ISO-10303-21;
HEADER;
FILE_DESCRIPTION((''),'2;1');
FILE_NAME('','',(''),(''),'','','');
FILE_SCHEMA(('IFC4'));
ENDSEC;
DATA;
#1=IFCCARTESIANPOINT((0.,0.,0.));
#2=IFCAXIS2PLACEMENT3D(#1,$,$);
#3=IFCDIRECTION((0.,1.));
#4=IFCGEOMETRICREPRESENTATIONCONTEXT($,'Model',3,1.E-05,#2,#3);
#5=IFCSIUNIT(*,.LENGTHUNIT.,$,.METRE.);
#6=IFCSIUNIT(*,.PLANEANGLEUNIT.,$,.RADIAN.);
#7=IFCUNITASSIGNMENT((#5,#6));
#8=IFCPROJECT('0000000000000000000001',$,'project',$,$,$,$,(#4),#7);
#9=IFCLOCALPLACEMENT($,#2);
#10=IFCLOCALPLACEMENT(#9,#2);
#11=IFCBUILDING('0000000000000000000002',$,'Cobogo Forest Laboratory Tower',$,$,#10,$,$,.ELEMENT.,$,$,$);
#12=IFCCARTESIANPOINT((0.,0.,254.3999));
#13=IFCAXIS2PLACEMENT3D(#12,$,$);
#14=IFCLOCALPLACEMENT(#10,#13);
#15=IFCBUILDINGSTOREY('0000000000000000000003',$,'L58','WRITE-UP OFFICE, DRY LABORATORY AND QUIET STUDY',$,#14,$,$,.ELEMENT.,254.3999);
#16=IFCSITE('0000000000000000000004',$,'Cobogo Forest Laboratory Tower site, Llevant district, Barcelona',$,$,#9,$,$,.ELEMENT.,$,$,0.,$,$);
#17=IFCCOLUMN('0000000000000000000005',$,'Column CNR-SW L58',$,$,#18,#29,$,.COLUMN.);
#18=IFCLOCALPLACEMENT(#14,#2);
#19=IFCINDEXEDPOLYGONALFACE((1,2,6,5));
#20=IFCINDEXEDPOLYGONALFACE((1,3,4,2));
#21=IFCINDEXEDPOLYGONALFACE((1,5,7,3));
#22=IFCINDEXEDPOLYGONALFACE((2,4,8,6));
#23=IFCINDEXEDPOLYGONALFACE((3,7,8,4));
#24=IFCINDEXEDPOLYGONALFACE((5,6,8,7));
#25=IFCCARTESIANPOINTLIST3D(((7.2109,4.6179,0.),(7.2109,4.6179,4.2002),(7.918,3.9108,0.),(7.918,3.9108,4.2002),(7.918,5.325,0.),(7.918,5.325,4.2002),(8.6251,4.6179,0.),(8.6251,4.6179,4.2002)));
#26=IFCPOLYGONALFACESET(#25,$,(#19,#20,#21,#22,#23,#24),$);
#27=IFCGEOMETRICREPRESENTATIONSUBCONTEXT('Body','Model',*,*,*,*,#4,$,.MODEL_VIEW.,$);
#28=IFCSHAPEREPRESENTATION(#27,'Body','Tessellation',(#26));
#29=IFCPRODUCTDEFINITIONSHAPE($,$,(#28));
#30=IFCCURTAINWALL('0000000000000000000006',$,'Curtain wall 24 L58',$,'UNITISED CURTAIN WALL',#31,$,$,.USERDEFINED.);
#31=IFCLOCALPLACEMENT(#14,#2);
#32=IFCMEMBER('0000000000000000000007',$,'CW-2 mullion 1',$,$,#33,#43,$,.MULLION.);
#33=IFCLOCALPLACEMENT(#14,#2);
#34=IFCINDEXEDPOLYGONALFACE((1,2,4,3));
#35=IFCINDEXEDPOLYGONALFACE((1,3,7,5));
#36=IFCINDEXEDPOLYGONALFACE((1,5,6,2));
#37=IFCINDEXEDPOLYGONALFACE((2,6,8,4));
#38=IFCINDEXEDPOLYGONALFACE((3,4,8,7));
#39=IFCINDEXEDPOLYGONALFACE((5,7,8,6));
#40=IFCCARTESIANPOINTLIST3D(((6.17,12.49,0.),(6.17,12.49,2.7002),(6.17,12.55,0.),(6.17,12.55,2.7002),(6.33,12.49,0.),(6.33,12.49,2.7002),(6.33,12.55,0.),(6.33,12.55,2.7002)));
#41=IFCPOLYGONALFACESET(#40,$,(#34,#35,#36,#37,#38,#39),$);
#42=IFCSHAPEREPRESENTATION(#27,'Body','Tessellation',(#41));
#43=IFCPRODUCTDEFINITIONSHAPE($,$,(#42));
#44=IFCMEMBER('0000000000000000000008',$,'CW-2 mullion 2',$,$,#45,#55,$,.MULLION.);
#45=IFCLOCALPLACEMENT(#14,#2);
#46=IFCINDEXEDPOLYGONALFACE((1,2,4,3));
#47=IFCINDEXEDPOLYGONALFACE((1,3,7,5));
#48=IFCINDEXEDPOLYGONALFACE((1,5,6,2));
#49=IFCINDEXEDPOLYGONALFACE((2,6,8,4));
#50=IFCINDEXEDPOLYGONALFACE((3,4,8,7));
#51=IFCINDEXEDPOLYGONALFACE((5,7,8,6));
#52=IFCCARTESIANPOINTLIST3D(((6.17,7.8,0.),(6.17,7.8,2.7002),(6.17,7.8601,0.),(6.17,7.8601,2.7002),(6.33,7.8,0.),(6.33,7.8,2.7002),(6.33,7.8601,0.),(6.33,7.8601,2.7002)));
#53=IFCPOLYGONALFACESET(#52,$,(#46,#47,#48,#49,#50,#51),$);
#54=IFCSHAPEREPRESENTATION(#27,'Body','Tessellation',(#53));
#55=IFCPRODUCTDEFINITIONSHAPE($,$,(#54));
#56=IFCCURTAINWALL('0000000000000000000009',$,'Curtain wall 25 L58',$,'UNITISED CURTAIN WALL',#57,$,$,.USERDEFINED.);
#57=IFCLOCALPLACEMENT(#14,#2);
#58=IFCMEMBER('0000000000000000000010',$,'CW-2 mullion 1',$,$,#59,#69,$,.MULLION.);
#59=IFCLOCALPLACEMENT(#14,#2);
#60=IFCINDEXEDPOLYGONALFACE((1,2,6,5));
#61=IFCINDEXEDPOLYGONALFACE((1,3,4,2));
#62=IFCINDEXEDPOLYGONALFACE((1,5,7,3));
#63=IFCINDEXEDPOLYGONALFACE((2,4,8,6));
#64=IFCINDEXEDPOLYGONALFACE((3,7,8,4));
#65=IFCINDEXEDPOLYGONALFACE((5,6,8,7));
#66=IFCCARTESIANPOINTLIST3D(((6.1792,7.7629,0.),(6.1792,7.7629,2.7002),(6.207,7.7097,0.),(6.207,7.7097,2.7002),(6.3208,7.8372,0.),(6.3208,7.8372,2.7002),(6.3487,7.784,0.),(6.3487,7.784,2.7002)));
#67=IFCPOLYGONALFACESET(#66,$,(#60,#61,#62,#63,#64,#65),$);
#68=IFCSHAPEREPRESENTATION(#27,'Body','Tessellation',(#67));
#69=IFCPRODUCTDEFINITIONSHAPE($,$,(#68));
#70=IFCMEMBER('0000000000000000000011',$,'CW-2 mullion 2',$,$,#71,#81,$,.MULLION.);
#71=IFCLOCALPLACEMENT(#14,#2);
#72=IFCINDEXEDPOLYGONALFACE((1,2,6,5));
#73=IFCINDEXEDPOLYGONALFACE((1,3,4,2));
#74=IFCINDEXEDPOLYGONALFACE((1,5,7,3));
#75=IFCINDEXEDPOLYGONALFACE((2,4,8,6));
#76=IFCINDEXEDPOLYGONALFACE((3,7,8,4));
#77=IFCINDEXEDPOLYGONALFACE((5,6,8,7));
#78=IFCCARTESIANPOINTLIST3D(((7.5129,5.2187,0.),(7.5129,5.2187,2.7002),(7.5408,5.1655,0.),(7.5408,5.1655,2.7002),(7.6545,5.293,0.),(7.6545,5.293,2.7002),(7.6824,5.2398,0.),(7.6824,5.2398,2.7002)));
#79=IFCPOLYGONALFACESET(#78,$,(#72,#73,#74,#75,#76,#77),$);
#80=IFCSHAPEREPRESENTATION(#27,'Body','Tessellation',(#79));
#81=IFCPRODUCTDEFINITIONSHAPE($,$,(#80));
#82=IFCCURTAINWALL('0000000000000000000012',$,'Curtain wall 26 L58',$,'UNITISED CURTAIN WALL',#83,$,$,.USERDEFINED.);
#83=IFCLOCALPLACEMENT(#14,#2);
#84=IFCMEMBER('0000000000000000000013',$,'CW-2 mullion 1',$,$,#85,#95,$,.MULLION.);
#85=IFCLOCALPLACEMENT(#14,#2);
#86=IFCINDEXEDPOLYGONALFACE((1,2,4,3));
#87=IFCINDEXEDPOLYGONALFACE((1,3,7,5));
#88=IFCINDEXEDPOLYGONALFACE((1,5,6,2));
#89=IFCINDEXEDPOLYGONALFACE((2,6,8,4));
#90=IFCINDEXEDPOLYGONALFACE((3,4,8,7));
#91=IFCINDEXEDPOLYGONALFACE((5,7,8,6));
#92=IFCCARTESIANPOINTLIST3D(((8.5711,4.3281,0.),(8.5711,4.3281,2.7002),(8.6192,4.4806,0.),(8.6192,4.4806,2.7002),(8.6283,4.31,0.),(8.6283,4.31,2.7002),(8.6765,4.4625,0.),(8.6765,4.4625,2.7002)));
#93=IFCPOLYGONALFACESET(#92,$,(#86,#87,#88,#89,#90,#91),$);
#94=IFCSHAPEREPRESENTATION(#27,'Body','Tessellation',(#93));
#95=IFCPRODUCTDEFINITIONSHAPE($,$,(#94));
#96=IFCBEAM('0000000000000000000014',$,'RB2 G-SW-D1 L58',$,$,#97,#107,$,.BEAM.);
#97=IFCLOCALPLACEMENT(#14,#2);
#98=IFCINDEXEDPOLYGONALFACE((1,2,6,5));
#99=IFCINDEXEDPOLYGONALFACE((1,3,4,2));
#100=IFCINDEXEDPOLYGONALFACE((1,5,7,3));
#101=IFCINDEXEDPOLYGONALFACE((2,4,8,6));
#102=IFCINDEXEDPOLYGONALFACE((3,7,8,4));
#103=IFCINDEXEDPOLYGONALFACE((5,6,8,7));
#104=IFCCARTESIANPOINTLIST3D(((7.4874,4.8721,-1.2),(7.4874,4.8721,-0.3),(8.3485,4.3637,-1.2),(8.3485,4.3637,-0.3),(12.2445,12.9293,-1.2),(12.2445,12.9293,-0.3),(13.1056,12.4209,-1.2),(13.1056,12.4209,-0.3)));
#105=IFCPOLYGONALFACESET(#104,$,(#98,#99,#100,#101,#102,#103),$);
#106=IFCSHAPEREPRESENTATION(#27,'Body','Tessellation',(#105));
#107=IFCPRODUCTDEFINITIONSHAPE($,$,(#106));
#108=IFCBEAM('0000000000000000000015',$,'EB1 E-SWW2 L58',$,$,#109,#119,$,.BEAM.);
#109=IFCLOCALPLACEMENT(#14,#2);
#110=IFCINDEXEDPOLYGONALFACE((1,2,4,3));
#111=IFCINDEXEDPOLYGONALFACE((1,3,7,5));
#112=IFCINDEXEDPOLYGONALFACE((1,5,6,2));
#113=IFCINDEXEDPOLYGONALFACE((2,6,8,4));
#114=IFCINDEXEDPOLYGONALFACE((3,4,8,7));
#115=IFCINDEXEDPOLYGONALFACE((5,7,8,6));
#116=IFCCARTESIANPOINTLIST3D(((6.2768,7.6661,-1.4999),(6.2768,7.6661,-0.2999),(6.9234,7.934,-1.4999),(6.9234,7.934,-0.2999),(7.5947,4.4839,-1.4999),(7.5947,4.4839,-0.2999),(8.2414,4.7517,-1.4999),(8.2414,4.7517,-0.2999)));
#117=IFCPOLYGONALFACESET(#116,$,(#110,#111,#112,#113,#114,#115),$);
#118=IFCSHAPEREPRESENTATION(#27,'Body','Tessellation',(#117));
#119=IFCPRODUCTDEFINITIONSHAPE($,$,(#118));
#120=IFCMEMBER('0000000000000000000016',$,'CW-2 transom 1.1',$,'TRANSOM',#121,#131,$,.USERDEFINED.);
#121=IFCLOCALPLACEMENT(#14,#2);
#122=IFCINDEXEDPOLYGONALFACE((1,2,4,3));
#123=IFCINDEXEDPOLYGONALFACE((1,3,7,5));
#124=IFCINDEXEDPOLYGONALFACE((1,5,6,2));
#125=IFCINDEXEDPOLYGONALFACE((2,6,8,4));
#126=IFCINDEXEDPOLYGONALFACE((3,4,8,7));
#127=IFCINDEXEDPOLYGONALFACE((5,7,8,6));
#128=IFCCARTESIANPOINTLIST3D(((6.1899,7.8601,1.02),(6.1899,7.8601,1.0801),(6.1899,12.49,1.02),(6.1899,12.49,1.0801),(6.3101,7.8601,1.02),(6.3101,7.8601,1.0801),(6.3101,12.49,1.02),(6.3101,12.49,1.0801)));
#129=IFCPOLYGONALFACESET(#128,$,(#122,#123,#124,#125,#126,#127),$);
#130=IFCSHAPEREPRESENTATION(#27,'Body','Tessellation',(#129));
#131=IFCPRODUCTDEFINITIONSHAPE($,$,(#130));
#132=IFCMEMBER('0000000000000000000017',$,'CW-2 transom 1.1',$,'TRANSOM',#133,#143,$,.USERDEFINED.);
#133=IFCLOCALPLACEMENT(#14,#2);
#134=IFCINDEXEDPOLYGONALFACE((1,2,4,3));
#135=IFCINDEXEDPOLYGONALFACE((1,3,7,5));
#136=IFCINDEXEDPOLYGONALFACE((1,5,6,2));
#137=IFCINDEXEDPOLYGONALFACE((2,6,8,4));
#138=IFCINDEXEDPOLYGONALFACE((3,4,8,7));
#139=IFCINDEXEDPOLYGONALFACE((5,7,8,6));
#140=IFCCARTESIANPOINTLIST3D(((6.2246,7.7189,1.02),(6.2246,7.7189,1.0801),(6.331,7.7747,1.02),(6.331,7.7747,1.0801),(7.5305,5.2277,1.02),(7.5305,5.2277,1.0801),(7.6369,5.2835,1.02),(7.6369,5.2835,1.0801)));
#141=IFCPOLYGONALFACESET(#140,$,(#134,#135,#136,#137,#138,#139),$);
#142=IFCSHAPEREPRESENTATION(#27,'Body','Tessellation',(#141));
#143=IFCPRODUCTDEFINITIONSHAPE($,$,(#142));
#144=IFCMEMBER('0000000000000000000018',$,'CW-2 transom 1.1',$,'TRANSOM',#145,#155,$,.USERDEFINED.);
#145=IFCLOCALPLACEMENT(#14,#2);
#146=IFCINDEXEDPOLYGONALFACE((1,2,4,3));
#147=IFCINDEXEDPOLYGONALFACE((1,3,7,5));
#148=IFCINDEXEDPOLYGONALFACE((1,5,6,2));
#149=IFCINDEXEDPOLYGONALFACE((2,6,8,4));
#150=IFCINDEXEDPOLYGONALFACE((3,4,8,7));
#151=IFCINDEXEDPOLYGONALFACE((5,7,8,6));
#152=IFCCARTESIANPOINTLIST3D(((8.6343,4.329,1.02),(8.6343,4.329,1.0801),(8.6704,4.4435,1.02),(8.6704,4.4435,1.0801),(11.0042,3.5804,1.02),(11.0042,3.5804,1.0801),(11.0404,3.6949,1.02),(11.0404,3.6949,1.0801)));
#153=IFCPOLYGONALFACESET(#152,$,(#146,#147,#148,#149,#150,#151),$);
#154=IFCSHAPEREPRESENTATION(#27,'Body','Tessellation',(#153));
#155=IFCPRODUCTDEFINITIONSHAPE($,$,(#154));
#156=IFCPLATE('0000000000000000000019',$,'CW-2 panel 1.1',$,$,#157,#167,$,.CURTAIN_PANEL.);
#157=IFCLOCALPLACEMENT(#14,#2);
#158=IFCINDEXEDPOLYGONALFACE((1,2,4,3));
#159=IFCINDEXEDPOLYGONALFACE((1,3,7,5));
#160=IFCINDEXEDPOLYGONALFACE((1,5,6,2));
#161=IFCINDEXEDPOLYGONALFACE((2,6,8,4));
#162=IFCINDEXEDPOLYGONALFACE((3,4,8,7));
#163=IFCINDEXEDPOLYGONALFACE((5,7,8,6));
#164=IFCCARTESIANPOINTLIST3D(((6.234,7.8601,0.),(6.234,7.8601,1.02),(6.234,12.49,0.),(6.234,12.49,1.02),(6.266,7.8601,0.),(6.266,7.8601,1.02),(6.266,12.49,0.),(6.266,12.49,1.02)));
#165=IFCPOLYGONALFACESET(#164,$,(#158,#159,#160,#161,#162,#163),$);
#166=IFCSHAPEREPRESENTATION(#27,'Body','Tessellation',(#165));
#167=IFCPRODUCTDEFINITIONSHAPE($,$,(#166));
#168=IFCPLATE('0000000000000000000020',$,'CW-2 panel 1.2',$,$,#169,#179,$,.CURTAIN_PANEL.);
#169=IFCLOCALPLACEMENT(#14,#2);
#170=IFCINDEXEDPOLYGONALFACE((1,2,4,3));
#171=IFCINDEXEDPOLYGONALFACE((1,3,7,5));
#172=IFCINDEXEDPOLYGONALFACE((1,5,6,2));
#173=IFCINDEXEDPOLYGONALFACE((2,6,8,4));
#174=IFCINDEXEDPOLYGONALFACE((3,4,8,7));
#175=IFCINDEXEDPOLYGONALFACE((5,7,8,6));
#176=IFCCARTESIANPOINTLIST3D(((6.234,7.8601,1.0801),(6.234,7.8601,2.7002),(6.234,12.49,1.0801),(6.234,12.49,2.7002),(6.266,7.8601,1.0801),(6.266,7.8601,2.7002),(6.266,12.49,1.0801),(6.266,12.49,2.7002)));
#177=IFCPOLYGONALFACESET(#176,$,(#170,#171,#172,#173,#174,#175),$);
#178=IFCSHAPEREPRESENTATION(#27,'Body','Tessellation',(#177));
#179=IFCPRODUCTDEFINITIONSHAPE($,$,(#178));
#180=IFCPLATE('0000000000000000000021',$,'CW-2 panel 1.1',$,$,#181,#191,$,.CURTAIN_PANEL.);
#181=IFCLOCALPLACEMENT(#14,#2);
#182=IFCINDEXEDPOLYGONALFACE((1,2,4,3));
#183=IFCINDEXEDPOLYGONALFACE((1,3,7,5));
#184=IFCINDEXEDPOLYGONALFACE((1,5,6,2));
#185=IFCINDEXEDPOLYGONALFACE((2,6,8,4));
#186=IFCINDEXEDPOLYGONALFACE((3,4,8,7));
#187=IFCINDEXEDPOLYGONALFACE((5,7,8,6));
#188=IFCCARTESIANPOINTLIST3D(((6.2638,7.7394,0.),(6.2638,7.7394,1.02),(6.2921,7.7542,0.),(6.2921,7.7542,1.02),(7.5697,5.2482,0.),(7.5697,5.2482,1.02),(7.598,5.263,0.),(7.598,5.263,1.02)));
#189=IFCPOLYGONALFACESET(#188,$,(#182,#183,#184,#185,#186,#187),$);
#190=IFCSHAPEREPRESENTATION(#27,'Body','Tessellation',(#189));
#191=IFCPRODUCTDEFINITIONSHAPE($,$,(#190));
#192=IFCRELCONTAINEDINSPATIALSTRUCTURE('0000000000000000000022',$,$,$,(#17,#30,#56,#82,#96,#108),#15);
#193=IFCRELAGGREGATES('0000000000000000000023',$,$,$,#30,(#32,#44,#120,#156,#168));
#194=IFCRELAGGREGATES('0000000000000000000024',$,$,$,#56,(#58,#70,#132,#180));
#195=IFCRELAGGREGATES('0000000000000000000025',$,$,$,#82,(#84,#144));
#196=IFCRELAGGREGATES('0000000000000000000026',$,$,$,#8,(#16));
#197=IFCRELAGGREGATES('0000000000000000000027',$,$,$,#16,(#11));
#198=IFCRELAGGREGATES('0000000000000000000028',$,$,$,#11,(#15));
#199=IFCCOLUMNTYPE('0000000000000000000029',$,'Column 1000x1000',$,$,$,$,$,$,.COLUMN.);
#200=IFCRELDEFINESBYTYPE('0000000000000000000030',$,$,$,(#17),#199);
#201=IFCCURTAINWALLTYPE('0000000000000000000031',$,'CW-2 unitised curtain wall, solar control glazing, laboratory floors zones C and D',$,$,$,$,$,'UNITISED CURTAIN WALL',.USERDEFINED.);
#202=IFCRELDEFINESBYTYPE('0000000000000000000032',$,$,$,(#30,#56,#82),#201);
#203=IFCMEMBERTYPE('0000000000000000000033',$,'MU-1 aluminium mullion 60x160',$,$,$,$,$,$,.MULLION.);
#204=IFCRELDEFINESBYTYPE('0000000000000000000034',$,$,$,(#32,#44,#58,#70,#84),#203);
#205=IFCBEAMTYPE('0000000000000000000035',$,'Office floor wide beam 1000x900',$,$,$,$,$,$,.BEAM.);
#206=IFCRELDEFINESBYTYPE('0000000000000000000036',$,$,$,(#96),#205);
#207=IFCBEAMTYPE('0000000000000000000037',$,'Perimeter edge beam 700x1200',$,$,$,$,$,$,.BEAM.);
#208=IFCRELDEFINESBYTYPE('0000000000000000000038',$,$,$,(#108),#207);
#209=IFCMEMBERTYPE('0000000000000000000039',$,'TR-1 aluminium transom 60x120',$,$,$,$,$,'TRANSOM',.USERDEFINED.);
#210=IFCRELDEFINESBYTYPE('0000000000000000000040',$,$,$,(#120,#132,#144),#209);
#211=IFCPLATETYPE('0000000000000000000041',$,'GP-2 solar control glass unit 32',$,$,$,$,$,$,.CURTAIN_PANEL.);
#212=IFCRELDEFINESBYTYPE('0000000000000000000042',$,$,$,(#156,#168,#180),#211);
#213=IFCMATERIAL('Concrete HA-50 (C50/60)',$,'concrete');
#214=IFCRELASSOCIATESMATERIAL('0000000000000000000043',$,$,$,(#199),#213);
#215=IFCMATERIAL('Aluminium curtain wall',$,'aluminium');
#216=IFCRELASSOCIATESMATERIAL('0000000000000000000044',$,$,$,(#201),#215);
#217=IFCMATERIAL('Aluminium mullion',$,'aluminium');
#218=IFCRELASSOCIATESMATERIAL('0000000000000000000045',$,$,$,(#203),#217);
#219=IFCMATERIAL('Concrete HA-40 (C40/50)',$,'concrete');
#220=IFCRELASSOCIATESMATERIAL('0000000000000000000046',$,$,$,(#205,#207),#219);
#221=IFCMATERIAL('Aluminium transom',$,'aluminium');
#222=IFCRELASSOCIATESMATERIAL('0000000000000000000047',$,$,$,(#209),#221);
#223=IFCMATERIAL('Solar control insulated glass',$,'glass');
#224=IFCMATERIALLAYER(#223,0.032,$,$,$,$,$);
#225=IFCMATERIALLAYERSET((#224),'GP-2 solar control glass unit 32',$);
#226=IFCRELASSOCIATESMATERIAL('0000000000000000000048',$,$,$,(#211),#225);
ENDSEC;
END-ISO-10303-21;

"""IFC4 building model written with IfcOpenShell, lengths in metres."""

from ifc_helpers import new_model, si_unit, direction, frame, origin, origin_2d, place, context, subcontext, project, spatial, rectangle, extrude, material, layer, layer_set, material_profile, profile_set, type_object, element, aggregate, save


model = new_model("IFC4")

# Units and contexts
model_context = context("Model", 3, precision=1e-05, world=origin(), true_north=direction((0.0, 1.0)))
body_context = subcontext(model_context, "Body", "Model", "MODEL_VIEW")
ifc_project = project(units=[si_unit("LENGTHUNIT", "METRE"), si_unit("PLANEANGLEUNIT", "RADIAN")], contexts=[model_context])

# Site, building, storey
site_placement = place(None, origin())
site = spatial("IfcSite", under=ifc_project, at=site_placement, Name="Cobogo Forest Laboratory Tower site, Llevant district, Barcelona", CompositionType="ELEMENT", RefElevation=0.0)
building_placement = place(site_placement, origin())
building = spatial("IfcBuilding", under=site, at=building_placement, Name="Cobogo Forest Laboratory Tower", CompositionType="ELEMENT")
storey_placement = place(building_placement, frame((0.0, 0.0, 254.3999)))
storey = spatial("IfcBuildingStorey", under=building, at=storey_placement, Name="L58", Description="WRITE-UP OFFICE, DRY LABORATORY AND QUIET STUDY", CompositionType="ELEMENT", Elevation=254.3999)

# Column
ifc_material_1 = material(Name="Concrete HA-50 (C50/60)", Category="concrete")
ifc_material_profile_1 = material_profile(ifc_material_1, rectangle(XDim=1.0, YDim=1.0, at=origin_2d()), Name="RC 1000x1000")
ifc_profile_set_1 = profile_set([ifc_material_profile_1], Name="Concrete HA-50 (C50/60)")
column_type = type_object("IfcColumnType", Name="Column 1000x1000", PredefinedType="COLUMN", material=ifc_profile_set_1)
column_placement = place(storey_placement, frame((7.918, 4.6179, 0.0), z_axis=(0.0, 0.0, 1.0), x_axis=(0.707107, 0.707107, 0.0)))
element("IfcColumn", 1, at=column_placement, inside=storey, type_object=column_type, Name="Column CNR-SW L58", PredefinedType="COLUMN", context=body_context, shape_type="SweptSolid", body=[
    extrude(rectangle(XDim=1.0, YDim=1.0, at=origin_2d()), origin(), (0.0, 0.0, 1.0), 4.2002),
])

# Curtain walls, members
ifc_material_2 = material(Name="Aluminium curtain wall", Category="aluminium")
curtain_wall_type = type_object("IfcCurtainWallType", Name="CW-2 unitised curtain wall, solar control glazing, laboratory floors zones C and D", ElementType="UNITISED CURTAIN WALL", PredefinedType="USERDEFINED", material=ifc_material_2)
curtain_wall_1_placement = place(storey_placement, origin())
curtain_wall_1 = element("IfcCurtainWall", 2, at=curtain_wall_1_placement, inside=storey, type_object=curtain_wall_type, Name="Curtain wall 24 L58", ObjectType="UNITISED CURTAIN WALL", PredefinedType="USERDEFINED")
ifc_material_3 = material(Name="Aluminium mullion", Category="aluminium")
ifc_material_profile_2 = material_profile(ifc_material_3, rectangle(XDim=0.0601, YDim=0.1599, at=origin_2d()), Name="AL 60x160")
ifc_profile_set_2 = profile_set([ifc_material_profile_2], Name="Aluminium mullion")
member_type_1 = type_object("IfcMemberType", Name="MU-1 aluminium mullion 60x160", PredefinedType="MULLION", material=ifc_profile_set_2)
member_1_placement = place(storey_placement, frame((6.25, 12.52, 0.0), z_axis=(0.0, 0.0, 1.0), x_axis=(0.0, -1.0, 0.0)))
member_1 = element("IfcMember", 3, at=member_1_placement, type_object=member_type_1, Name="CW-2 mullion 1", PredefinedType="MULLION", context=body_context, shape_type="SweptSolid", body=[
    extrude(rectangle(XDim=0.0601, YDim=0.1599, at=origin_2d()), origin(), (0.0, 0.0, 1.0), 2.7002),
])
member_2_placement = place(storey_placement, frame((6.25, 7.8301, 0.0), z_axis=(0.0, 0.0, 1.0), x_axis=(0.0, -1.0, 0.0)))
member_2 = element("IfcMember", 4, at=member_2_placement, type_object=member_type_1, Name="CW-2 mullion 2", PredefinedType="MULLION", context=body_context, shape_type="SweptSolid", body=[
    extrude(rectangle(XDim=0.0601, YDim=0.1599, at=origin_2d()), origin(), (0.0, 0.0, 1.0), 2.7002),
])
curtain_wall_2_placement = place(storey_placement, origin())
curtain_wall_2 = element("IfcCurtainWall", 5, at=curtain_wall_2_placement, inside=storey, type_object=curtain_wall_type, Name="Curtain wall 25 L58", ObjectType="UNITISED CURTAIN WALL", PredefinedType="USERDEFINED")
member_3_placement = place(storey_placement, frame((6.2639, 7.7734, 0.0), z_axis=(0.0, 0.0, 1.0), x_axis=(0.464284, -0.885686, 0.0)))
member_3 = element("IfcMember", 6, at=member_3_placement, type_object=member_type_1, Name="CW-2 mullion 1", PredefinedType="MULLION", context=body_context, shape_type="SweptSolid", body=[
    extrude(rectangle(XDim=0.0601, YDim=0.1599, at=origin_2d()), origin(), (0.0, 0.0, 1.0), 2.7002),
])
member_4_placement = place(storey_placement, frame((7.5977, 5.2292, 0.0), z_axis=(0.0, 0.0, 1.0), x_axis=(0.464284, -0.885686, 0.0)))
member_4 = element("IfcMember", 7, at=member_4_placement, type_object=member_type_1, Name="CW-2 mullion 2", PredefinedType="MULLION", context=body_context, shape_type="SweptSolid", body=[
    extrude(rectangle(XDim=0.0601, YDim=0.1599, at=origin_2d()), origin(), (0.0, 0.0, 1.0), 2.7002),
])

# Curtain wall, member
curtain_wall_3_placement = place(storey_placement, origin())
curtain_wall_3 = element("IfcCurtainWall", 8, at=curtain_wall_3_placement, inside=storey, type_object=curtain_wall_type, Name="Curtain wall 26 L58", ObjectType="UNITISED CURTAIN WALL", PredefinedType="USERDEFINED")
member_5_placement = place(storey_placement, frame((8.6238, 4.3953, 0.0), z_axis=(0.0, 0.0, 1.0), x_axis=(0.953581, -0.301135, 0.0)))
member_5 = element("IfcMember", 9, at=member_5_placement, type_object=member_type_1, Name="CW-2 mullion 1", PredefinedType="MULLION", context=body_context, shape_type="SweptSolid", body=[
    extrude(rectangle(XDim=0.0601, YDim=0.1599, at=origin_2d()), origin(), (0.0, 0.0, 1.0), 2.7002),
])

# Beams
ifc_material_4 = material(Name="Concrete HA-40 (C40/50)", Category="concrete")
ifc_material_profile_3 = material_profile(ifc_material_4, rectangle(XDim=1.0, YDim=0.8999, at=origin_2d()), Name="RC 1000x900")
ifc_profile_set_3 = profile_set([ifc_material_profile_3], Name="Concrete HA-40 (C40/50)")
beam_type_1 = type_object("IfcBeamType", Name="Office floor wide beam 1000x900", PredefinedType="BEAM", material=ifc_profile_set_3)
beam_1_placement = place(storey_placement, frame((7.918, 4.6179, -0.75), z_axis=(0.508416, 0.861111, 0.0), x_axis=(-0.861111, 0.508416, 0.0)))
element("IfcBeam", 10, at=beam_1_placement, inside=storey, type_object=beam_type_1, Name="RB2 G-SW-D1 L58", PredefinedType="BEAM", context=body_context, shape_type="SweptSolid", body=[
    extrude(rectangle(XDim=1.0, YDim=0.8999, at=origin_2d()), origin(), (0.0, 0.0, 1.0), 9.3567),
])
ifc_material_profile_4 = material_profile(ifc_material_4, rectangle(XDim=0.7, YDim=1.2, at=origin_2d()), Name="RC 700x1200")
ifc_profile_set_4 = profile_set([ifc_material_profile_4], Name="Concrete HA-40 (C40/50)")
beam_type_2 = type_object("IfcBeamType", Name="Perimeter edge beam 700x1200", PredefinedType="BEAM", material=ifc_profile_set_4)
beam_2_placement = place(storey_placement, frame((6.6001, 7.8, -0.8999), z_axis=(0.382631, -0.923901, 0.0), x_axis=(0.923901, 0.382631, 0.0)))
element("IfcBeam", 11, at=beam_2_placement, inside=storey, type_object=beam_type_2, Name="EB1 E-SWW2 L58", PredefinedType="BEAM", context=body_context, shape_type="SweptSolid", body=[
    extrude(rectangle(XDim=0.7, YDim=1.2, at=origin_2d()), origin(), (0.0, 0.0, 1.0), 3.4443),
])

# Members
ifc_material_5 = material(Name="Aluminium transom", Category="aluminium")
ifc_material_profile_5 = material_profile(ifc_material_5, rectangle(XDim=0.1201, YDim=0.0601, at=origin_2d()), Name="AL 60x120")
ifc_profile_set_5 = profile_set([ifc_material_profile_5], Name="Aluminium transom")
member_type_2 = type_object("IfcMemberType", Name="TR-1 aluminium transom 60x120", ElementType="TRANSOM", PredefinedType="USERDEFINED", material=ifc_profile_set_5)
member_6_placement = place(storey_placement, frame((6.25, 12.49, 1.05), z_axis=(0.0, -1.0, 0.0), x_axis=(1.0, 0.0, 0.0)))
member_6 = element("IfcMember", 12, at=member_6_placement, type_object=member_type_2, Name="CW-2 transom 1.1", ObjectType="TRANSOM", PredefinedType="USERDEFINED", context=body_context, shape_type="SweptSolid", body=[
    extrude(rectangle(XDim=0.1201, YDim=0.0601, at=origin_2d()), origin(), (0.0, 0.0, 1.0), 4.6299),
])
member_7_placement = place(storey_placement, frame((6.2778, 7.7468, 1.05), z_axis=(0.464283, -0.885687, 0.0), x_axis=(0.885687, 0.464283, 0.0)))
member_7 = element("IfcMember", 13, at=member_7_placement, type_object=member_type_2, Name="CW-2 transom 1.1", ObjectType="TRANSOM", PredefinedType="USERDEFINED", context=body_context, shape_type="SweptSolid", body=[
    extrude(rectangle(XDim=0.1201, YDim=0.0601, at=origin_2d()), origin(), (0.0, 0.0, 1.0), 2.8127),
])
member_8_placement = place(storey_placement, frame((8.6523, 4.3862, 1.05), z_axis=(0.953565, -0.301188, 0.0), x_axis=(0.301188, 0.953565, 0.0)))
member_8 = element("IfcMember", 14, at=member_8_placement, type_object=member_type_2, Name="CW-2 transom 1.1", ObjectType="TRANSOM", PredefinedType="USERDEFINED", context=body_context, shape_type="SweptSolid", body=[
    extrude(rectangle(XDim=0.1201, YDim=0.0601, at=origin_2d()), origin(), (0.0, 0.0, 1.0), 2.4854),
])

# Plates
ifc_material_6 = material(Name="Solar control insulated glass", Category="glass")
ifc_layer_1 = layer(ifc_material_6, 0.032)
ifc_layer_set_1 = layer_set([ifc_layer_1], Name="GP-2 solar control glass unit 32")
plate_type = type_object("IfcPlateType", Name="GP-2 solar control glass unit 32", PredefinedType="CURTAIN_PANEL", material=ifc_layer_set_1)
plate_1_placement = place(storey_placement, frame((6.25, 10.175, 0.0), z_axis=(0.0, 0.0, 1.0), x_axis=(0.0, -1.0, 0.0)))
plate_1 = element("IfcPlate", 15, at=plate_1_placement, type_object=plate_type, Name="CW-2 panel 1.1", PredefinedType="CURTAIN_PANEL", context=body_context, shape_type="SweptSolid", body=[
    extrude(rectangle(XDim=4.6299, YDim=0.032, at=origin_2d()), origin(), (0.0, 0.0, 1.0), 1.02),
])
plate_2_placement = place(storey_placement, frame((6.25, 10.175, 1.0801), z_axis=(0.0, 0.0, 1.0), x_axis=(0.0, -1.0, 0.0)))
plate_2 = element("IfcPlate", 16, at=plate_2_placement, type_object=plate_type, Name="CW-2 panel 1.2", PredefinedType="CURTAIN_PANEL", context=body_context, shape_type="SweptSolid", body=[
    extrude(rectangle(XDim=4.6299, YDim=0.032, at=origin_2d()), origin(), (0.0, 0.0, 1.0), 1.6201),
])
aggregate(curtain_wall_1, [member_1, member_2, member_6, plate_1, plate_2])
plate_3_placement = place(storey_placement, frame((6.9309, 6.5012, 0.0), z_axis=(0.0, 0.0, 1.0), x_axis=(0.464284, -0.885686, 0.0)))
plate_3 = element("IfcPlate", 17, at=plate_3_placement, type_object=plate_type, Name="CW-2 panel 1.1", PredefinedType="CURTAIN_PANEL", context=body_context, shape_type="SweptSolid", body=[
    extrude(rectangle(XDim=2.8127, YDim=0.032, at=origin_2d()), origin(), (0.0, 0.0, 1.0), 1.02),
])
aggregate(curtain_wall_2, [member_3, member_4, member_7, plate_3])
aggregate(curtain_wall_3, [member_5, member_8])

save(model, "model.ifc")
